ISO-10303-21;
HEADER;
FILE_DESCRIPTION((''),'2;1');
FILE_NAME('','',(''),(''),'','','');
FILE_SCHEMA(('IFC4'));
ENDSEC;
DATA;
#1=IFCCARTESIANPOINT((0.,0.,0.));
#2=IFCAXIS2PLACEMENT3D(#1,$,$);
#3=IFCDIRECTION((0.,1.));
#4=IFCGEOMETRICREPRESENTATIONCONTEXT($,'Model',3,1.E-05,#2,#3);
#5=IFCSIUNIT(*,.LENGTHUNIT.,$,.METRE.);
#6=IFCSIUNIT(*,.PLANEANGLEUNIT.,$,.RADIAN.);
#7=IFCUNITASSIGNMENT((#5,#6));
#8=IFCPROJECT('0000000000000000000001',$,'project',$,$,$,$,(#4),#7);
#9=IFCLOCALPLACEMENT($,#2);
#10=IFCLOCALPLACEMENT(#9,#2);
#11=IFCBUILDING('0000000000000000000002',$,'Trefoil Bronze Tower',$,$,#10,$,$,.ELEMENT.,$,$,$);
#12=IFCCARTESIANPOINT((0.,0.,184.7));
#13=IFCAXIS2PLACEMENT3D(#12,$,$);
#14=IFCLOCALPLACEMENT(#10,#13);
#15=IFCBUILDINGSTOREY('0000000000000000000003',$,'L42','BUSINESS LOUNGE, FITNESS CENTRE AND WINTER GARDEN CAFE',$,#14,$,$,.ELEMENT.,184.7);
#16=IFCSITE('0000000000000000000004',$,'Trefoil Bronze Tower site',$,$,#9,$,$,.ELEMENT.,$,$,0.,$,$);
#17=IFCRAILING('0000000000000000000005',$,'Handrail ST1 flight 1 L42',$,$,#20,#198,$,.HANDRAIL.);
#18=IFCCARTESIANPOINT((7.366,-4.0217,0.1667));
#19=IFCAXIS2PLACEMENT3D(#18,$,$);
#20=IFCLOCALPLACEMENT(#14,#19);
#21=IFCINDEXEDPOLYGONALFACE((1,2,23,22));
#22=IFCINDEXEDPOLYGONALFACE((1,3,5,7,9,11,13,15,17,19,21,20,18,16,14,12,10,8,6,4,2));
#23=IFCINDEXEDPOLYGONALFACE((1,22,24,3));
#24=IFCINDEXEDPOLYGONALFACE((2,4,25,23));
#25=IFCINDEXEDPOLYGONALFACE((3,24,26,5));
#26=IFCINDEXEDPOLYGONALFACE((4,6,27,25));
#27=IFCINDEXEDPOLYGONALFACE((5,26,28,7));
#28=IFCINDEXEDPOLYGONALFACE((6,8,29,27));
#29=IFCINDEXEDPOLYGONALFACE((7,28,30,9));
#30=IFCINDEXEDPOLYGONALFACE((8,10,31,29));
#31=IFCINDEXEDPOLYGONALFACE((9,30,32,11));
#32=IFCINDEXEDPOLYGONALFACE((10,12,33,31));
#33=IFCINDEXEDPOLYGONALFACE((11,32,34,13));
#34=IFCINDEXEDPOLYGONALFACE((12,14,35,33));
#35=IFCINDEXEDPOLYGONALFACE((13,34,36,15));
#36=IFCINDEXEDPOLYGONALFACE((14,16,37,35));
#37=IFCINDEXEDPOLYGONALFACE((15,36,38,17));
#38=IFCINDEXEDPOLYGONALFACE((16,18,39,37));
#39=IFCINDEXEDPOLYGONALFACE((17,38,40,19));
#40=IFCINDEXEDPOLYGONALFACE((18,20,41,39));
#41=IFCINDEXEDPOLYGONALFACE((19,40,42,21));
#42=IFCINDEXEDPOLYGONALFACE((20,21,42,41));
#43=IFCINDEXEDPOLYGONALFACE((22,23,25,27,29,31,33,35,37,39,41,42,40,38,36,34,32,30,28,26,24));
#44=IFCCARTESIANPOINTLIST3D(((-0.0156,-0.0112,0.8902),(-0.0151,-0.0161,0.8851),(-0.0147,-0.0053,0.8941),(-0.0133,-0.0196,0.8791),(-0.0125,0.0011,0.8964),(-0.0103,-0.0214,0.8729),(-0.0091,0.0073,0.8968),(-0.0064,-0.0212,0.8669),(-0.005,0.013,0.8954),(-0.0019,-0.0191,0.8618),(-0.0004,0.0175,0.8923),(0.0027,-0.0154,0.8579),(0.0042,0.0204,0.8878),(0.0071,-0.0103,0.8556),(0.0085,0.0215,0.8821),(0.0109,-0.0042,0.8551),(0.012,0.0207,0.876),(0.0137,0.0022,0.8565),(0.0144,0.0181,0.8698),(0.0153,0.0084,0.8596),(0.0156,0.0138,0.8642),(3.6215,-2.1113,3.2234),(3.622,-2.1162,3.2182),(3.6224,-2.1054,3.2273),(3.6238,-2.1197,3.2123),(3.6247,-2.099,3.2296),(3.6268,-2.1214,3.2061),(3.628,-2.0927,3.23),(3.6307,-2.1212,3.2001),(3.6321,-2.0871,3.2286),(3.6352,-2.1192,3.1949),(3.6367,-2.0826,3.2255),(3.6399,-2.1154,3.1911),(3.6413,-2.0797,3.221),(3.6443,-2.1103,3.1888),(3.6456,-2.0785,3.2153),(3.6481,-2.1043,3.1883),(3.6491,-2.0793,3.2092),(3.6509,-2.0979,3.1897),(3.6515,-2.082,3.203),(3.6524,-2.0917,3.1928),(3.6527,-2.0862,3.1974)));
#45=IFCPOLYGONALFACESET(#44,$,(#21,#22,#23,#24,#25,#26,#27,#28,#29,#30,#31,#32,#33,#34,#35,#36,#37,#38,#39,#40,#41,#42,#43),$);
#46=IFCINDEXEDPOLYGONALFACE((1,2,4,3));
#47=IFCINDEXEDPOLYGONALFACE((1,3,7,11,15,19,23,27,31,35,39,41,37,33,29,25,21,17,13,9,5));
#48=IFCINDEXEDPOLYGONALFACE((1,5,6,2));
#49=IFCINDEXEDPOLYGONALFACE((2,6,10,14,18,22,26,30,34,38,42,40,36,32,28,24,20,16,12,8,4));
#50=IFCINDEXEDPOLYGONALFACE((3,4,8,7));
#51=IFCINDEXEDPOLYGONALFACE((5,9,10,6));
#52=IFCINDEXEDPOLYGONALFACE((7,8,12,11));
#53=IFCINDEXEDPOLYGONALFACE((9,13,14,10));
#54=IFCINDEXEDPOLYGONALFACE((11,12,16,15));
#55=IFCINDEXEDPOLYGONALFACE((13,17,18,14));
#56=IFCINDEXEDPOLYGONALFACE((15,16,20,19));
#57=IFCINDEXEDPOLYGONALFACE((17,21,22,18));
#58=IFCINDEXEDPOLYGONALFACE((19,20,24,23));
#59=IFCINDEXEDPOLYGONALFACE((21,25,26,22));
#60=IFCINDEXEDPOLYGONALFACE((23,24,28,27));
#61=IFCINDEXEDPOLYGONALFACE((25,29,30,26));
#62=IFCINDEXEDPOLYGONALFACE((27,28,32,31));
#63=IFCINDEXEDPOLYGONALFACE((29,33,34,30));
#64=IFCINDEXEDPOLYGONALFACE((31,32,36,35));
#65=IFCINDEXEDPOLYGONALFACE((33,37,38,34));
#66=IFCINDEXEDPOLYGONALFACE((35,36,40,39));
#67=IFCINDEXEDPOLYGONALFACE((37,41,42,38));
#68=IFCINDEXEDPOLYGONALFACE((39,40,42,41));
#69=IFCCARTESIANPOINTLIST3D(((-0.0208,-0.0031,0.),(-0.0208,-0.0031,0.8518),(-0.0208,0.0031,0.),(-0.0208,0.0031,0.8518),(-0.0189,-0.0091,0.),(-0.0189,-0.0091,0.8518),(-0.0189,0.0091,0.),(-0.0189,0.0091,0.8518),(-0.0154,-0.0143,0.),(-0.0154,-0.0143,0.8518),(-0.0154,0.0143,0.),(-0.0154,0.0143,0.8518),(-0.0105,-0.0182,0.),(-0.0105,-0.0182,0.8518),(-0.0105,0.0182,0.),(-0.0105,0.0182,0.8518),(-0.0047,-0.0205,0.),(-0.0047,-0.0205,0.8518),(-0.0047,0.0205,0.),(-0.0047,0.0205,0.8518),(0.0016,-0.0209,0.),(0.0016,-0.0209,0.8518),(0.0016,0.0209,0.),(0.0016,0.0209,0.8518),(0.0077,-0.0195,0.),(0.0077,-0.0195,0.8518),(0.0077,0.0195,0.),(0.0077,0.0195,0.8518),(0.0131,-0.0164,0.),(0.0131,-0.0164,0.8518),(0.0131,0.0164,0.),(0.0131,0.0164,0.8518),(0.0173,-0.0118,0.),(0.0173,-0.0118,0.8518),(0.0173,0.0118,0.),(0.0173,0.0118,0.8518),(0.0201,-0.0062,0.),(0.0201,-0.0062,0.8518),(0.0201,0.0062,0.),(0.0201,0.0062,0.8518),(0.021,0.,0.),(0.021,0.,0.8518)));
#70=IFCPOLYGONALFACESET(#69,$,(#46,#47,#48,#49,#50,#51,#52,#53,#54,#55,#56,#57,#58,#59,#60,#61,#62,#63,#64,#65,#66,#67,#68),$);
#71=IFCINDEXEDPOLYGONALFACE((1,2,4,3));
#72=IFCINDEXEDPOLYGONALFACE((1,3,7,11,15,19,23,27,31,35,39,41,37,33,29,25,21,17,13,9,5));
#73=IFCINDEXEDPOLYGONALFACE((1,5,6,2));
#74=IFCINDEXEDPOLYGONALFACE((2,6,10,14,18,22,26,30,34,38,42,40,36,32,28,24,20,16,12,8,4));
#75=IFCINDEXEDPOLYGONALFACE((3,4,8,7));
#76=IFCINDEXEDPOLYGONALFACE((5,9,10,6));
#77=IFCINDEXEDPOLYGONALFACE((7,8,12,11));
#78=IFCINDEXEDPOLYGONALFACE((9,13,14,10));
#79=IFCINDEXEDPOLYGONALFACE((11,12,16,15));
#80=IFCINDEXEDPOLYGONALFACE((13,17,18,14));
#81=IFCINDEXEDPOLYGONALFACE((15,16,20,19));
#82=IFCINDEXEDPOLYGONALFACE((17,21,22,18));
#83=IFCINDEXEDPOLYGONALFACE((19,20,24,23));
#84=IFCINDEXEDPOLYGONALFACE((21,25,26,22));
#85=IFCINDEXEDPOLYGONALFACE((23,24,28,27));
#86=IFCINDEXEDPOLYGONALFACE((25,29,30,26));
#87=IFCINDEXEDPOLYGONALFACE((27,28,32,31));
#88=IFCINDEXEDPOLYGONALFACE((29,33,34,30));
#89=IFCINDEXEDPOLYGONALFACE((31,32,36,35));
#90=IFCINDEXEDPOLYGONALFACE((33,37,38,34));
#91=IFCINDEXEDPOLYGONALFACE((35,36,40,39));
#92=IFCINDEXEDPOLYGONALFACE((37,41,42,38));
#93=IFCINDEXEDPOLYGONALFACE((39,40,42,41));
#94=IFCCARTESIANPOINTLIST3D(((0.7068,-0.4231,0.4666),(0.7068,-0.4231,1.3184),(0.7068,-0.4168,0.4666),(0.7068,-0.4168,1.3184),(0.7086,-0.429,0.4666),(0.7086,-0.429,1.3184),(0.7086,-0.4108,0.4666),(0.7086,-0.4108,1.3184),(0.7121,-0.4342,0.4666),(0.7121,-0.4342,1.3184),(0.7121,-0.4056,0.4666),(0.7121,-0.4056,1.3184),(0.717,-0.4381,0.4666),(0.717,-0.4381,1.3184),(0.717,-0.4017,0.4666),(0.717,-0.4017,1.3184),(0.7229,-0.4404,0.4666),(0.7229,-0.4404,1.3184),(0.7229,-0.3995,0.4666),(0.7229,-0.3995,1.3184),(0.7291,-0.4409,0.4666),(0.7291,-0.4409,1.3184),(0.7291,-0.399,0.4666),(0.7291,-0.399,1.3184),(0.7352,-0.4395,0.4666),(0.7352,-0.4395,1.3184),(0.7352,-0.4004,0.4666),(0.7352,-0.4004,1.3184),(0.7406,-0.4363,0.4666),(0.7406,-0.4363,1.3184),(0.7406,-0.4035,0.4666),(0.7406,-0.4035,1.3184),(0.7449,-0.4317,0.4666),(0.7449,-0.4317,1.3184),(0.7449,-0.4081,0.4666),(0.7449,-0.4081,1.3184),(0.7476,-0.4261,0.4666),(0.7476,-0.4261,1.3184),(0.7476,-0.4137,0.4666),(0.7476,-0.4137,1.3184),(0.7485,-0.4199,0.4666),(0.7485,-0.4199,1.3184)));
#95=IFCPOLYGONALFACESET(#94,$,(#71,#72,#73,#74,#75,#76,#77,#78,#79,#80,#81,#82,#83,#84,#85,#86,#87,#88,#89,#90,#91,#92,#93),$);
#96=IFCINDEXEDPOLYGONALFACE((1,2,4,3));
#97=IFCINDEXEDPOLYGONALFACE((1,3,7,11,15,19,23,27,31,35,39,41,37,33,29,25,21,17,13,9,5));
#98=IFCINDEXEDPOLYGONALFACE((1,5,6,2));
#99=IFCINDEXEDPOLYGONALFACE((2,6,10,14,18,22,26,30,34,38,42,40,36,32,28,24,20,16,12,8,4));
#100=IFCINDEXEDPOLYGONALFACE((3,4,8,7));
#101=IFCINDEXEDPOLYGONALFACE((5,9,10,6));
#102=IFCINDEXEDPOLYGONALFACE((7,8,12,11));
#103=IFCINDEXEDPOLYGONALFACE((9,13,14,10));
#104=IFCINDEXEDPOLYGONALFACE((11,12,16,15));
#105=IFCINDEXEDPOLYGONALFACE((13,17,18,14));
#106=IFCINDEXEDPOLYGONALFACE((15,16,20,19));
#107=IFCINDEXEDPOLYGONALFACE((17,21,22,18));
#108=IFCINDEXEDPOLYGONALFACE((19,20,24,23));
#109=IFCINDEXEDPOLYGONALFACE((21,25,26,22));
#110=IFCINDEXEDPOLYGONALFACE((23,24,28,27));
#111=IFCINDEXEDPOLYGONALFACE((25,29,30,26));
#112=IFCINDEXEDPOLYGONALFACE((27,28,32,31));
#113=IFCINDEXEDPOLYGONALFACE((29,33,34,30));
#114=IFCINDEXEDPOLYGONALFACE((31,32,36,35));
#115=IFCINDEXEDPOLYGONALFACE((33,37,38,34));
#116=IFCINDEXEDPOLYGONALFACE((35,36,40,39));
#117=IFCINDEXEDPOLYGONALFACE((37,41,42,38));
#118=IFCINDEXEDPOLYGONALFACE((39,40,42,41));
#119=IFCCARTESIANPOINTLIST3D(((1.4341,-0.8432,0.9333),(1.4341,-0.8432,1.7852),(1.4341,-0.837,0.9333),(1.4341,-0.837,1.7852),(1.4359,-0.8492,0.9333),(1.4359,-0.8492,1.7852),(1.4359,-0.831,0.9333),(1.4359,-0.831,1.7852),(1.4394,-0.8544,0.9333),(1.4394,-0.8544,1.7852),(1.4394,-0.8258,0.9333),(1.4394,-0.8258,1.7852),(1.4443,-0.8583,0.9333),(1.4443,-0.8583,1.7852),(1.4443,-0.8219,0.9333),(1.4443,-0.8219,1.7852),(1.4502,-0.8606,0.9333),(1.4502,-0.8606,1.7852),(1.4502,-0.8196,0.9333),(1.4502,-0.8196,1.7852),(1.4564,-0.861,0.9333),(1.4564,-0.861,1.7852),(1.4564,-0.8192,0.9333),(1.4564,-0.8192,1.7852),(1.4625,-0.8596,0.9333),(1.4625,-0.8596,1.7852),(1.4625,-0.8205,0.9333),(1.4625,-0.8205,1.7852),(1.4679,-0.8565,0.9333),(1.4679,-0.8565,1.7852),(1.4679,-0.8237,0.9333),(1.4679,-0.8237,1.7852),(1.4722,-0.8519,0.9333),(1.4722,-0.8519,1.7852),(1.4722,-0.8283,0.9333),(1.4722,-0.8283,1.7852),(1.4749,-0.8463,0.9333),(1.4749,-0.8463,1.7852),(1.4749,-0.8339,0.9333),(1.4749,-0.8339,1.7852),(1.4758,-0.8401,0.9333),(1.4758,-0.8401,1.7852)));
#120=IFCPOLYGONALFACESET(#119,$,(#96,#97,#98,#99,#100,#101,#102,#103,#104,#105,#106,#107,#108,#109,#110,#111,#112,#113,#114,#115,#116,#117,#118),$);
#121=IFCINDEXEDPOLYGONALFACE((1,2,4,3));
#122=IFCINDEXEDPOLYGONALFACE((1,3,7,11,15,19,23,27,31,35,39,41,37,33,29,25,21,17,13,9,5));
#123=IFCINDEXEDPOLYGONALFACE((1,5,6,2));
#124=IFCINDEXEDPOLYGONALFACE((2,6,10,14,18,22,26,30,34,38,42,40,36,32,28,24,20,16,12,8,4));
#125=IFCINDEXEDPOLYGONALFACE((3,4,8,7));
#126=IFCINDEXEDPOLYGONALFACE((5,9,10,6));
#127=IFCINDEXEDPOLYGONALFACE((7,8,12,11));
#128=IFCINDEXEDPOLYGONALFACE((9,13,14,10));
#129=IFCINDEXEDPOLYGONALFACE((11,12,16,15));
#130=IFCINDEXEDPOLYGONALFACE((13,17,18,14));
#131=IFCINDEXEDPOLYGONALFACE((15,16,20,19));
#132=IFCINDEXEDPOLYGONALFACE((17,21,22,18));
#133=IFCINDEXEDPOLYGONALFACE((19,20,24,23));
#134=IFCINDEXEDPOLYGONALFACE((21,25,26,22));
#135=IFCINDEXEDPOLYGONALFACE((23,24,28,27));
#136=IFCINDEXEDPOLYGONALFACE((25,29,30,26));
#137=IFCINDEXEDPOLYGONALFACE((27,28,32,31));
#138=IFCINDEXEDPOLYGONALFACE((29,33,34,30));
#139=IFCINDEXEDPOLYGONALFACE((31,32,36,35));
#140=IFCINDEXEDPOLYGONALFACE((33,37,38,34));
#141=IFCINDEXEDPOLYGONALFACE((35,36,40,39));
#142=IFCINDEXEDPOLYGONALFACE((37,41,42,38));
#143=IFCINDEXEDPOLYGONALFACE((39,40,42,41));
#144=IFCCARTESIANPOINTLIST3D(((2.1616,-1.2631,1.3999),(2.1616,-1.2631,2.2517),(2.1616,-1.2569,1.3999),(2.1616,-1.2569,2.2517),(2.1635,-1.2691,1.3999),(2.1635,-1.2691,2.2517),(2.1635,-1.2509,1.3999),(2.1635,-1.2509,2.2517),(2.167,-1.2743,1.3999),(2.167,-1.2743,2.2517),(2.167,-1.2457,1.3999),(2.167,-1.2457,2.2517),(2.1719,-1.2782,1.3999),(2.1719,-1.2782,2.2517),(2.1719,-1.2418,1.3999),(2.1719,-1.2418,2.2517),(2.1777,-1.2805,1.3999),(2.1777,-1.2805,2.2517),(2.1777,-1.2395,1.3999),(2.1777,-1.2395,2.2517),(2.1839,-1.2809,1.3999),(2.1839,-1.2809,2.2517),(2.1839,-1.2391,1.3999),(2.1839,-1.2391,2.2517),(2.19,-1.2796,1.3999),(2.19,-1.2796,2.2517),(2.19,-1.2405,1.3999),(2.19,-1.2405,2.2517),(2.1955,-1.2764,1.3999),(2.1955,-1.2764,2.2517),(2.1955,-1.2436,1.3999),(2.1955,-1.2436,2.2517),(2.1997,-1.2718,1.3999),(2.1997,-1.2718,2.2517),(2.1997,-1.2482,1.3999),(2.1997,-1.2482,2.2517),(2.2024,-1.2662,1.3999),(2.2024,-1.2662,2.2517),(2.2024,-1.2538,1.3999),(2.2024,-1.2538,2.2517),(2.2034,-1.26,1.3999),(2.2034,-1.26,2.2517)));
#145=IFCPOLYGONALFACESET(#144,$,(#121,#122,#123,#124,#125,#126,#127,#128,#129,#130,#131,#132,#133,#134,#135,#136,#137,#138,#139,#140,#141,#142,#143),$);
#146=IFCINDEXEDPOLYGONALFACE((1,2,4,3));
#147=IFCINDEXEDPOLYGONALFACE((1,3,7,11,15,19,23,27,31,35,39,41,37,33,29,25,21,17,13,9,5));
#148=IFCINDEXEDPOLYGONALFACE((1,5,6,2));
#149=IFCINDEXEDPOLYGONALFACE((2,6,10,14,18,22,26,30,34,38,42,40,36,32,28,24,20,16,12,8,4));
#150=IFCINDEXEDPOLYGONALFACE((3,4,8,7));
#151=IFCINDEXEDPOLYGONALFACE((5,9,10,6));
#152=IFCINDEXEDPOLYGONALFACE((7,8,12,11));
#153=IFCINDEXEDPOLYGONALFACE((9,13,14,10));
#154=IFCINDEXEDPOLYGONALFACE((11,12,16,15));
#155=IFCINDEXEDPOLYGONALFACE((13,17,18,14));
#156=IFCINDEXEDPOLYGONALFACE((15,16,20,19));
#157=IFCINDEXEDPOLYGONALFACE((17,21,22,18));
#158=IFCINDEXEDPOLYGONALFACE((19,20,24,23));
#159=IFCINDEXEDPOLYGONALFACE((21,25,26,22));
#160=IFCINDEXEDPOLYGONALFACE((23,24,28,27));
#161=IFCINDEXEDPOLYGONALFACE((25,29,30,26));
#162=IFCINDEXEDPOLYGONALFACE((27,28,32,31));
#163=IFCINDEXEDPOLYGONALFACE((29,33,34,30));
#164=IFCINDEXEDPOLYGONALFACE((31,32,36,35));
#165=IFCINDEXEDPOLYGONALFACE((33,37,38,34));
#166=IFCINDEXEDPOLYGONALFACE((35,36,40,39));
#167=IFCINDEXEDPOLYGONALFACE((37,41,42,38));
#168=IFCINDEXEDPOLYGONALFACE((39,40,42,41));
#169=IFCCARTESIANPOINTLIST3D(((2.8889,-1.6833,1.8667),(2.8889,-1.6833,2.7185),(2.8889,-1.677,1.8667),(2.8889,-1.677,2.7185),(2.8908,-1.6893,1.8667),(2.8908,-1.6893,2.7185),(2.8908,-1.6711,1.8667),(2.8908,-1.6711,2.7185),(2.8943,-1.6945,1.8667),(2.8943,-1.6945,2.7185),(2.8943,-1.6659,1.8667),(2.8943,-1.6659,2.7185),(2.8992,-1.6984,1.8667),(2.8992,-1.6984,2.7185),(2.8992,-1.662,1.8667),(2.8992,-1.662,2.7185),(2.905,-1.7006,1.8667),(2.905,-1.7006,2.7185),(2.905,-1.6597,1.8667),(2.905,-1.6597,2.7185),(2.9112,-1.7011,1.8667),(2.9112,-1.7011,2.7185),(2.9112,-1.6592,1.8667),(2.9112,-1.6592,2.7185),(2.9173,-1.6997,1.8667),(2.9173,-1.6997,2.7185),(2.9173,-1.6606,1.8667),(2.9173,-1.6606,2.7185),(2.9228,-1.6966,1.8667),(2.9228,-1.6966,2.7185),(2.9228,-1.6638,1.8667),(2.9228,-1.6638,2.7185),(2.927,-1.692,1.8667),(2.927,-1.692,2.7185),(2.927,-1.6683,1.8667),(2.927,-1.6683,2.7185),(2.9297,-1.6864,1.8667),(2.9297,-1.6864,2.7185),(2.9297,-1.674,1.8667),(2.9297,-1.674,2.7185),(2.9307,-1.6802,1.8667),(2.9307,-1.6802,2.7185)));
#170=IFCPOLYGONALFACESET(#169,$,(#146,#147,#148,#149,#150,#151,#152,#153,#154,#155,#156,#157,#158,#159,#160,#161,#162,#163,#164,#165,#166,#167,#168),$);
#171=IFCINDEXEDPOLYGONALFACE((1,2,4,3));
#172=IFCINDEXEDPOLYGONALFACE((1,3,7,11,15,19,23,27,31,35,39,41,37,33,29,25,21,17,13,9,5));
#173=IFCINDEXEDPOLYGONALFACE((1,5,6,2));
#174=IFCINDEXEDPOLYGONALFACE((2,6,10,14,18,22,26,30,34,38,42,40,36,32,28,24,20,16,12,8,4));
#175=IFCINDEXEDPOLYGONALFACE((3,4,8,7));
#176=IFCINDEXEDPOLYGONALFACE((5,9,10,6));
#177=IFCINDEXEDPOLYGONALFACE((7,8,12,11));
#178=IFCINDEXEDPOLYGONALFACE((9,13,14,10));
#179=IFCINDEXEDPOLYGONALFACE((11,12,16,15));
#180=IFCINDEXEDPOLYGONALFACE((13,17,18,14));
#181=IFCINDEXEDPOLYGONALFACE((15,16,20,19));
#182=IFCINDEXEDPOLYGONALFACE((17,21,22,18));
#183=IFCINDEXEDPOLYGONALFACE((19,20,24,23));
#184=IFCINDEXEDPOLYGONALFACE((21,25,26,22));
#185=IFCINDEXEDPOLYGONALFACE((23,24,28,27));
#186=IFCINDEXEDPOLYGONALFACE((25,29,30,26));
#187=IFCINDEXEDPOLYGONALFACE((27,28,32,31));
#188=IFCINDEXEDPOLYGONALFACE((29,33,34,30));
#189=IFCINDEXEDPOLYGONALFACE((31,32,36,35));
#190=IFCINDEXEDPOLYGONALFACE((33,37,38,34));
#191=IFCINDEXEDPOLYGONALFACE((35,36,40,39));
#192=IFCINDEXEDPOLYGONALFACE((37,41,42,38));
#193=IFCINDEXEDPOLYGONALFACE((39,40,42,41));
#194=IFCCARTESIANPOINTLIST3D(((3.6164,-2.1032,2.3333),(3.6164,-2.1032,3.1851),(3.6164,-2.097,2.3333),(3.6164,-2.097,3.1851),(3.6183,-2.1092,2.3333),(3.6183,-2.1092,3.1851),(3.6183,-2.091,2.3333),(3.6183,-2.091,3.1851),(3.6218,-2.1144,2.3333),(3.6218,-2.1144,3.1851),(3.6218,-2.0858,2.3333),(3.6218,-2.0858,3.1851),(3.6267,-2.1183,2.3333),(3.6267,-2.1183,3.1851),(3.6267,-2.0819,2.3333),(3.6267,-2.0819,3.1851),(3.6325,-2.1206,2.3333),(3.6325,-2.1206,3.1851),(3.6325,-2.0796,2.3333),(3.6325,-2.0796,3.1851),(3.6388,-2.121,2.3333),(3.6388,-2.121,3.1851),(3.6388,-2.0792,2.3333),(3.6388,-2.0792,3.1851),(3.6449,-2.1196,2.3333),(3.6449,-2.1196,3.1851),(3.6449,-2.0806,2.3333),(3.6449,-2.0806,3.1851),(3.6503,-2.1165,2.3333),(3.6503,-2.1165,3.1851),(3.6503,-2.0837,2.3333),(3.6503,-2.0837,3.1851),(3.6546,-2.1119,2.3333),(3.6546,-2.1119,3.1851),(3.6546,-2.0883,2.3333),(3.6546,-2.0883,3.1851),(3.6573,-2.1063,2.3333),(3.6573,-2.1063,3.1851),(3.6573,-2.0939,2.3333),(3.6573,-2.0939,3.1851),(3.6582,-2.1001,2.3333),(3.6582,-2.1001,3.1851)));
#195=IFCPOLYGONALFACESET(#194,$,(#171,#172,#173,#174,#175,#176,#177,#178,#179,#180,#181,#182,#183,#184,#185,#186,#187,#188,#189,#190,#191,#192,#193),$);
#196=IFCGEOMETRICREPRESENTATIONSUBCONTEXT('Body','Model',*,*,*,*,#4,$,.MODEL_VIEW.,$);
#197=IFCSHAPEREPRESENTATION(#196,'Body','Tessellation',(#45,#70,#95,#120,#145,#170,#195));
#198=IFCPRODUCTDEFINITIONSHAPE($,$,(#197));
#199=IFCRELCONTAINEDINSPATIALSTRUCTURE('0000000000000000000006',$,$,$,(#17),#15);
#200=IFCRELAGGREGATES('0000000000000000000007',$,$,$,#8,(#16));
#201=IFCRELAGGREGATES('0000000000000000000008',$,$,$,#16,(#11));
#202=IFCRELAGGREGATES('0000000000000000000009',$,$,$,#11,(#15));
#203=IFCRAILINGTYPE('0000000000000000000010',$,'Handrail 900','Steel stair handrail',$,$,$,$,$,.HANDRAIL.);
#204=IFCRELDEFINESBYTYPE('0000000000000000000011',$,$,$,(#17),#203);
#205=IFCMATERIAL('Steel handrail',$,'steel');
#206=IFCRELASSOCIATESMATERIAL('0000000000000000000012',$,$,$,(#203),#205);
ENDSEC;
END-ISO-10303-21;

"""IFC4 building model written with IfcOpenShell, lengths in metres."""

from ifc_helpers import new_model, si_unit, direction, frame, origin, origin_2d, place, context, subcontext, project, spatial, circle, extrude, material, type_object, element, save


model = new_model("IFC4")

# Units and contexts
model_context = context("Model", 3, precision=1e-05, world=origin(), true_north=direction((0.0, 1.0)))
body_context = subcontext(model_context, "Body", "Model", "MODEL_VIEW")
ifc_project = project(units=[si_unit("LENGTHUNIT", "METRE"), si_unit("PLANEANGLEUNIT", "RADIAN")], contexts=[model_context])

# Site, building, storey
site_placement = place(None, origin())
site = spatial("IfcSite", under=ifc_project, at=site_placement, Name="Trefoil Bronze Tower site", CompositionType="ELEMENT", RefElevation=0.0)
building_placement = place(site_placement, origin())
building = spatial("IfcBuilding", under=site, at=building_placement, Name="Trefoil Bronze Tower", CompositionType="ELEMENT")
storey_placement = place(building_placement, frame((0.0, 0.0, 184.7)))
storey = spatial("IfcBuildingStorey", under=building, at=storey_placement, Name="L42", Description="BUSINESS LOUNGE, FITNESS CENTRE AND WINTER GARDEN CAFE", CompositionType="ELEMENT", Elevation=184.7)

# Railing
ifc_material_1 = material(Name="Steel handrail", Category="steel")
railing_type = type_object("IfcRailingType", Name="Handrail 900", Description="Steel stair handrail", PredefinedType="HANDRAIL", material=ifc_material_1)
railing_1_placement = place(storey_placement, frame((7.366, -4.0217, 0.1667)))
element("IfcRailing", 1, at=railing_1_placement, inside=storey, type_object=railing_type, Name="Handrail ST1 flight 1 L42", PredefinedType="HANDRAIL", context=body_context, shape_type="SweptSolid", body=[
    extrude(circle(Radius=0.0239, at=origin_2d()), frame((0.0, 0.0, 0.876), z_axis=(0.757033, -0.437106, 0.485633), x_axis=(0.500028, 0.866009, 0.0)), (0.0, 0.0, 1.0), 4.8044),
    extrude(circle(Radius=0.021, at=origin_2d()), origin(), (0.0, 0.0, 1.0), 0.8518),
    extrude(circle(Radius=0.021, at=origin_2d()), frame((0.7275, -0.4199, 0.4666)), (0.0, 0.0, 1.0), 0.8518),
    extrude(circle(Radius=0.021, at=origin_2d()), frame((1.4548, -0.8401, 0.9333)), (0.0, 0.0, 1.0), 0.8518),
    extrude(circle(Radius=0.021, at=origin_2d()), frame((2.1824, -1.26, 1.3999)), (0.0, 0.0, 1.0), 0.8518),
    extrude(circle(Radius=0.021, at=origin_2d()), frame((2.9097, -1.6802, 1.8667)), (0.0, 0.0, 1.0), 0.8518),
    extrude(circle(Radius=0.021, at=origin_2d()), frame((3.6372, -2.1001, 2.3333)), (0.0, 0.0, 1.0), 0.8518),
])

save(model, "model.ifc")
